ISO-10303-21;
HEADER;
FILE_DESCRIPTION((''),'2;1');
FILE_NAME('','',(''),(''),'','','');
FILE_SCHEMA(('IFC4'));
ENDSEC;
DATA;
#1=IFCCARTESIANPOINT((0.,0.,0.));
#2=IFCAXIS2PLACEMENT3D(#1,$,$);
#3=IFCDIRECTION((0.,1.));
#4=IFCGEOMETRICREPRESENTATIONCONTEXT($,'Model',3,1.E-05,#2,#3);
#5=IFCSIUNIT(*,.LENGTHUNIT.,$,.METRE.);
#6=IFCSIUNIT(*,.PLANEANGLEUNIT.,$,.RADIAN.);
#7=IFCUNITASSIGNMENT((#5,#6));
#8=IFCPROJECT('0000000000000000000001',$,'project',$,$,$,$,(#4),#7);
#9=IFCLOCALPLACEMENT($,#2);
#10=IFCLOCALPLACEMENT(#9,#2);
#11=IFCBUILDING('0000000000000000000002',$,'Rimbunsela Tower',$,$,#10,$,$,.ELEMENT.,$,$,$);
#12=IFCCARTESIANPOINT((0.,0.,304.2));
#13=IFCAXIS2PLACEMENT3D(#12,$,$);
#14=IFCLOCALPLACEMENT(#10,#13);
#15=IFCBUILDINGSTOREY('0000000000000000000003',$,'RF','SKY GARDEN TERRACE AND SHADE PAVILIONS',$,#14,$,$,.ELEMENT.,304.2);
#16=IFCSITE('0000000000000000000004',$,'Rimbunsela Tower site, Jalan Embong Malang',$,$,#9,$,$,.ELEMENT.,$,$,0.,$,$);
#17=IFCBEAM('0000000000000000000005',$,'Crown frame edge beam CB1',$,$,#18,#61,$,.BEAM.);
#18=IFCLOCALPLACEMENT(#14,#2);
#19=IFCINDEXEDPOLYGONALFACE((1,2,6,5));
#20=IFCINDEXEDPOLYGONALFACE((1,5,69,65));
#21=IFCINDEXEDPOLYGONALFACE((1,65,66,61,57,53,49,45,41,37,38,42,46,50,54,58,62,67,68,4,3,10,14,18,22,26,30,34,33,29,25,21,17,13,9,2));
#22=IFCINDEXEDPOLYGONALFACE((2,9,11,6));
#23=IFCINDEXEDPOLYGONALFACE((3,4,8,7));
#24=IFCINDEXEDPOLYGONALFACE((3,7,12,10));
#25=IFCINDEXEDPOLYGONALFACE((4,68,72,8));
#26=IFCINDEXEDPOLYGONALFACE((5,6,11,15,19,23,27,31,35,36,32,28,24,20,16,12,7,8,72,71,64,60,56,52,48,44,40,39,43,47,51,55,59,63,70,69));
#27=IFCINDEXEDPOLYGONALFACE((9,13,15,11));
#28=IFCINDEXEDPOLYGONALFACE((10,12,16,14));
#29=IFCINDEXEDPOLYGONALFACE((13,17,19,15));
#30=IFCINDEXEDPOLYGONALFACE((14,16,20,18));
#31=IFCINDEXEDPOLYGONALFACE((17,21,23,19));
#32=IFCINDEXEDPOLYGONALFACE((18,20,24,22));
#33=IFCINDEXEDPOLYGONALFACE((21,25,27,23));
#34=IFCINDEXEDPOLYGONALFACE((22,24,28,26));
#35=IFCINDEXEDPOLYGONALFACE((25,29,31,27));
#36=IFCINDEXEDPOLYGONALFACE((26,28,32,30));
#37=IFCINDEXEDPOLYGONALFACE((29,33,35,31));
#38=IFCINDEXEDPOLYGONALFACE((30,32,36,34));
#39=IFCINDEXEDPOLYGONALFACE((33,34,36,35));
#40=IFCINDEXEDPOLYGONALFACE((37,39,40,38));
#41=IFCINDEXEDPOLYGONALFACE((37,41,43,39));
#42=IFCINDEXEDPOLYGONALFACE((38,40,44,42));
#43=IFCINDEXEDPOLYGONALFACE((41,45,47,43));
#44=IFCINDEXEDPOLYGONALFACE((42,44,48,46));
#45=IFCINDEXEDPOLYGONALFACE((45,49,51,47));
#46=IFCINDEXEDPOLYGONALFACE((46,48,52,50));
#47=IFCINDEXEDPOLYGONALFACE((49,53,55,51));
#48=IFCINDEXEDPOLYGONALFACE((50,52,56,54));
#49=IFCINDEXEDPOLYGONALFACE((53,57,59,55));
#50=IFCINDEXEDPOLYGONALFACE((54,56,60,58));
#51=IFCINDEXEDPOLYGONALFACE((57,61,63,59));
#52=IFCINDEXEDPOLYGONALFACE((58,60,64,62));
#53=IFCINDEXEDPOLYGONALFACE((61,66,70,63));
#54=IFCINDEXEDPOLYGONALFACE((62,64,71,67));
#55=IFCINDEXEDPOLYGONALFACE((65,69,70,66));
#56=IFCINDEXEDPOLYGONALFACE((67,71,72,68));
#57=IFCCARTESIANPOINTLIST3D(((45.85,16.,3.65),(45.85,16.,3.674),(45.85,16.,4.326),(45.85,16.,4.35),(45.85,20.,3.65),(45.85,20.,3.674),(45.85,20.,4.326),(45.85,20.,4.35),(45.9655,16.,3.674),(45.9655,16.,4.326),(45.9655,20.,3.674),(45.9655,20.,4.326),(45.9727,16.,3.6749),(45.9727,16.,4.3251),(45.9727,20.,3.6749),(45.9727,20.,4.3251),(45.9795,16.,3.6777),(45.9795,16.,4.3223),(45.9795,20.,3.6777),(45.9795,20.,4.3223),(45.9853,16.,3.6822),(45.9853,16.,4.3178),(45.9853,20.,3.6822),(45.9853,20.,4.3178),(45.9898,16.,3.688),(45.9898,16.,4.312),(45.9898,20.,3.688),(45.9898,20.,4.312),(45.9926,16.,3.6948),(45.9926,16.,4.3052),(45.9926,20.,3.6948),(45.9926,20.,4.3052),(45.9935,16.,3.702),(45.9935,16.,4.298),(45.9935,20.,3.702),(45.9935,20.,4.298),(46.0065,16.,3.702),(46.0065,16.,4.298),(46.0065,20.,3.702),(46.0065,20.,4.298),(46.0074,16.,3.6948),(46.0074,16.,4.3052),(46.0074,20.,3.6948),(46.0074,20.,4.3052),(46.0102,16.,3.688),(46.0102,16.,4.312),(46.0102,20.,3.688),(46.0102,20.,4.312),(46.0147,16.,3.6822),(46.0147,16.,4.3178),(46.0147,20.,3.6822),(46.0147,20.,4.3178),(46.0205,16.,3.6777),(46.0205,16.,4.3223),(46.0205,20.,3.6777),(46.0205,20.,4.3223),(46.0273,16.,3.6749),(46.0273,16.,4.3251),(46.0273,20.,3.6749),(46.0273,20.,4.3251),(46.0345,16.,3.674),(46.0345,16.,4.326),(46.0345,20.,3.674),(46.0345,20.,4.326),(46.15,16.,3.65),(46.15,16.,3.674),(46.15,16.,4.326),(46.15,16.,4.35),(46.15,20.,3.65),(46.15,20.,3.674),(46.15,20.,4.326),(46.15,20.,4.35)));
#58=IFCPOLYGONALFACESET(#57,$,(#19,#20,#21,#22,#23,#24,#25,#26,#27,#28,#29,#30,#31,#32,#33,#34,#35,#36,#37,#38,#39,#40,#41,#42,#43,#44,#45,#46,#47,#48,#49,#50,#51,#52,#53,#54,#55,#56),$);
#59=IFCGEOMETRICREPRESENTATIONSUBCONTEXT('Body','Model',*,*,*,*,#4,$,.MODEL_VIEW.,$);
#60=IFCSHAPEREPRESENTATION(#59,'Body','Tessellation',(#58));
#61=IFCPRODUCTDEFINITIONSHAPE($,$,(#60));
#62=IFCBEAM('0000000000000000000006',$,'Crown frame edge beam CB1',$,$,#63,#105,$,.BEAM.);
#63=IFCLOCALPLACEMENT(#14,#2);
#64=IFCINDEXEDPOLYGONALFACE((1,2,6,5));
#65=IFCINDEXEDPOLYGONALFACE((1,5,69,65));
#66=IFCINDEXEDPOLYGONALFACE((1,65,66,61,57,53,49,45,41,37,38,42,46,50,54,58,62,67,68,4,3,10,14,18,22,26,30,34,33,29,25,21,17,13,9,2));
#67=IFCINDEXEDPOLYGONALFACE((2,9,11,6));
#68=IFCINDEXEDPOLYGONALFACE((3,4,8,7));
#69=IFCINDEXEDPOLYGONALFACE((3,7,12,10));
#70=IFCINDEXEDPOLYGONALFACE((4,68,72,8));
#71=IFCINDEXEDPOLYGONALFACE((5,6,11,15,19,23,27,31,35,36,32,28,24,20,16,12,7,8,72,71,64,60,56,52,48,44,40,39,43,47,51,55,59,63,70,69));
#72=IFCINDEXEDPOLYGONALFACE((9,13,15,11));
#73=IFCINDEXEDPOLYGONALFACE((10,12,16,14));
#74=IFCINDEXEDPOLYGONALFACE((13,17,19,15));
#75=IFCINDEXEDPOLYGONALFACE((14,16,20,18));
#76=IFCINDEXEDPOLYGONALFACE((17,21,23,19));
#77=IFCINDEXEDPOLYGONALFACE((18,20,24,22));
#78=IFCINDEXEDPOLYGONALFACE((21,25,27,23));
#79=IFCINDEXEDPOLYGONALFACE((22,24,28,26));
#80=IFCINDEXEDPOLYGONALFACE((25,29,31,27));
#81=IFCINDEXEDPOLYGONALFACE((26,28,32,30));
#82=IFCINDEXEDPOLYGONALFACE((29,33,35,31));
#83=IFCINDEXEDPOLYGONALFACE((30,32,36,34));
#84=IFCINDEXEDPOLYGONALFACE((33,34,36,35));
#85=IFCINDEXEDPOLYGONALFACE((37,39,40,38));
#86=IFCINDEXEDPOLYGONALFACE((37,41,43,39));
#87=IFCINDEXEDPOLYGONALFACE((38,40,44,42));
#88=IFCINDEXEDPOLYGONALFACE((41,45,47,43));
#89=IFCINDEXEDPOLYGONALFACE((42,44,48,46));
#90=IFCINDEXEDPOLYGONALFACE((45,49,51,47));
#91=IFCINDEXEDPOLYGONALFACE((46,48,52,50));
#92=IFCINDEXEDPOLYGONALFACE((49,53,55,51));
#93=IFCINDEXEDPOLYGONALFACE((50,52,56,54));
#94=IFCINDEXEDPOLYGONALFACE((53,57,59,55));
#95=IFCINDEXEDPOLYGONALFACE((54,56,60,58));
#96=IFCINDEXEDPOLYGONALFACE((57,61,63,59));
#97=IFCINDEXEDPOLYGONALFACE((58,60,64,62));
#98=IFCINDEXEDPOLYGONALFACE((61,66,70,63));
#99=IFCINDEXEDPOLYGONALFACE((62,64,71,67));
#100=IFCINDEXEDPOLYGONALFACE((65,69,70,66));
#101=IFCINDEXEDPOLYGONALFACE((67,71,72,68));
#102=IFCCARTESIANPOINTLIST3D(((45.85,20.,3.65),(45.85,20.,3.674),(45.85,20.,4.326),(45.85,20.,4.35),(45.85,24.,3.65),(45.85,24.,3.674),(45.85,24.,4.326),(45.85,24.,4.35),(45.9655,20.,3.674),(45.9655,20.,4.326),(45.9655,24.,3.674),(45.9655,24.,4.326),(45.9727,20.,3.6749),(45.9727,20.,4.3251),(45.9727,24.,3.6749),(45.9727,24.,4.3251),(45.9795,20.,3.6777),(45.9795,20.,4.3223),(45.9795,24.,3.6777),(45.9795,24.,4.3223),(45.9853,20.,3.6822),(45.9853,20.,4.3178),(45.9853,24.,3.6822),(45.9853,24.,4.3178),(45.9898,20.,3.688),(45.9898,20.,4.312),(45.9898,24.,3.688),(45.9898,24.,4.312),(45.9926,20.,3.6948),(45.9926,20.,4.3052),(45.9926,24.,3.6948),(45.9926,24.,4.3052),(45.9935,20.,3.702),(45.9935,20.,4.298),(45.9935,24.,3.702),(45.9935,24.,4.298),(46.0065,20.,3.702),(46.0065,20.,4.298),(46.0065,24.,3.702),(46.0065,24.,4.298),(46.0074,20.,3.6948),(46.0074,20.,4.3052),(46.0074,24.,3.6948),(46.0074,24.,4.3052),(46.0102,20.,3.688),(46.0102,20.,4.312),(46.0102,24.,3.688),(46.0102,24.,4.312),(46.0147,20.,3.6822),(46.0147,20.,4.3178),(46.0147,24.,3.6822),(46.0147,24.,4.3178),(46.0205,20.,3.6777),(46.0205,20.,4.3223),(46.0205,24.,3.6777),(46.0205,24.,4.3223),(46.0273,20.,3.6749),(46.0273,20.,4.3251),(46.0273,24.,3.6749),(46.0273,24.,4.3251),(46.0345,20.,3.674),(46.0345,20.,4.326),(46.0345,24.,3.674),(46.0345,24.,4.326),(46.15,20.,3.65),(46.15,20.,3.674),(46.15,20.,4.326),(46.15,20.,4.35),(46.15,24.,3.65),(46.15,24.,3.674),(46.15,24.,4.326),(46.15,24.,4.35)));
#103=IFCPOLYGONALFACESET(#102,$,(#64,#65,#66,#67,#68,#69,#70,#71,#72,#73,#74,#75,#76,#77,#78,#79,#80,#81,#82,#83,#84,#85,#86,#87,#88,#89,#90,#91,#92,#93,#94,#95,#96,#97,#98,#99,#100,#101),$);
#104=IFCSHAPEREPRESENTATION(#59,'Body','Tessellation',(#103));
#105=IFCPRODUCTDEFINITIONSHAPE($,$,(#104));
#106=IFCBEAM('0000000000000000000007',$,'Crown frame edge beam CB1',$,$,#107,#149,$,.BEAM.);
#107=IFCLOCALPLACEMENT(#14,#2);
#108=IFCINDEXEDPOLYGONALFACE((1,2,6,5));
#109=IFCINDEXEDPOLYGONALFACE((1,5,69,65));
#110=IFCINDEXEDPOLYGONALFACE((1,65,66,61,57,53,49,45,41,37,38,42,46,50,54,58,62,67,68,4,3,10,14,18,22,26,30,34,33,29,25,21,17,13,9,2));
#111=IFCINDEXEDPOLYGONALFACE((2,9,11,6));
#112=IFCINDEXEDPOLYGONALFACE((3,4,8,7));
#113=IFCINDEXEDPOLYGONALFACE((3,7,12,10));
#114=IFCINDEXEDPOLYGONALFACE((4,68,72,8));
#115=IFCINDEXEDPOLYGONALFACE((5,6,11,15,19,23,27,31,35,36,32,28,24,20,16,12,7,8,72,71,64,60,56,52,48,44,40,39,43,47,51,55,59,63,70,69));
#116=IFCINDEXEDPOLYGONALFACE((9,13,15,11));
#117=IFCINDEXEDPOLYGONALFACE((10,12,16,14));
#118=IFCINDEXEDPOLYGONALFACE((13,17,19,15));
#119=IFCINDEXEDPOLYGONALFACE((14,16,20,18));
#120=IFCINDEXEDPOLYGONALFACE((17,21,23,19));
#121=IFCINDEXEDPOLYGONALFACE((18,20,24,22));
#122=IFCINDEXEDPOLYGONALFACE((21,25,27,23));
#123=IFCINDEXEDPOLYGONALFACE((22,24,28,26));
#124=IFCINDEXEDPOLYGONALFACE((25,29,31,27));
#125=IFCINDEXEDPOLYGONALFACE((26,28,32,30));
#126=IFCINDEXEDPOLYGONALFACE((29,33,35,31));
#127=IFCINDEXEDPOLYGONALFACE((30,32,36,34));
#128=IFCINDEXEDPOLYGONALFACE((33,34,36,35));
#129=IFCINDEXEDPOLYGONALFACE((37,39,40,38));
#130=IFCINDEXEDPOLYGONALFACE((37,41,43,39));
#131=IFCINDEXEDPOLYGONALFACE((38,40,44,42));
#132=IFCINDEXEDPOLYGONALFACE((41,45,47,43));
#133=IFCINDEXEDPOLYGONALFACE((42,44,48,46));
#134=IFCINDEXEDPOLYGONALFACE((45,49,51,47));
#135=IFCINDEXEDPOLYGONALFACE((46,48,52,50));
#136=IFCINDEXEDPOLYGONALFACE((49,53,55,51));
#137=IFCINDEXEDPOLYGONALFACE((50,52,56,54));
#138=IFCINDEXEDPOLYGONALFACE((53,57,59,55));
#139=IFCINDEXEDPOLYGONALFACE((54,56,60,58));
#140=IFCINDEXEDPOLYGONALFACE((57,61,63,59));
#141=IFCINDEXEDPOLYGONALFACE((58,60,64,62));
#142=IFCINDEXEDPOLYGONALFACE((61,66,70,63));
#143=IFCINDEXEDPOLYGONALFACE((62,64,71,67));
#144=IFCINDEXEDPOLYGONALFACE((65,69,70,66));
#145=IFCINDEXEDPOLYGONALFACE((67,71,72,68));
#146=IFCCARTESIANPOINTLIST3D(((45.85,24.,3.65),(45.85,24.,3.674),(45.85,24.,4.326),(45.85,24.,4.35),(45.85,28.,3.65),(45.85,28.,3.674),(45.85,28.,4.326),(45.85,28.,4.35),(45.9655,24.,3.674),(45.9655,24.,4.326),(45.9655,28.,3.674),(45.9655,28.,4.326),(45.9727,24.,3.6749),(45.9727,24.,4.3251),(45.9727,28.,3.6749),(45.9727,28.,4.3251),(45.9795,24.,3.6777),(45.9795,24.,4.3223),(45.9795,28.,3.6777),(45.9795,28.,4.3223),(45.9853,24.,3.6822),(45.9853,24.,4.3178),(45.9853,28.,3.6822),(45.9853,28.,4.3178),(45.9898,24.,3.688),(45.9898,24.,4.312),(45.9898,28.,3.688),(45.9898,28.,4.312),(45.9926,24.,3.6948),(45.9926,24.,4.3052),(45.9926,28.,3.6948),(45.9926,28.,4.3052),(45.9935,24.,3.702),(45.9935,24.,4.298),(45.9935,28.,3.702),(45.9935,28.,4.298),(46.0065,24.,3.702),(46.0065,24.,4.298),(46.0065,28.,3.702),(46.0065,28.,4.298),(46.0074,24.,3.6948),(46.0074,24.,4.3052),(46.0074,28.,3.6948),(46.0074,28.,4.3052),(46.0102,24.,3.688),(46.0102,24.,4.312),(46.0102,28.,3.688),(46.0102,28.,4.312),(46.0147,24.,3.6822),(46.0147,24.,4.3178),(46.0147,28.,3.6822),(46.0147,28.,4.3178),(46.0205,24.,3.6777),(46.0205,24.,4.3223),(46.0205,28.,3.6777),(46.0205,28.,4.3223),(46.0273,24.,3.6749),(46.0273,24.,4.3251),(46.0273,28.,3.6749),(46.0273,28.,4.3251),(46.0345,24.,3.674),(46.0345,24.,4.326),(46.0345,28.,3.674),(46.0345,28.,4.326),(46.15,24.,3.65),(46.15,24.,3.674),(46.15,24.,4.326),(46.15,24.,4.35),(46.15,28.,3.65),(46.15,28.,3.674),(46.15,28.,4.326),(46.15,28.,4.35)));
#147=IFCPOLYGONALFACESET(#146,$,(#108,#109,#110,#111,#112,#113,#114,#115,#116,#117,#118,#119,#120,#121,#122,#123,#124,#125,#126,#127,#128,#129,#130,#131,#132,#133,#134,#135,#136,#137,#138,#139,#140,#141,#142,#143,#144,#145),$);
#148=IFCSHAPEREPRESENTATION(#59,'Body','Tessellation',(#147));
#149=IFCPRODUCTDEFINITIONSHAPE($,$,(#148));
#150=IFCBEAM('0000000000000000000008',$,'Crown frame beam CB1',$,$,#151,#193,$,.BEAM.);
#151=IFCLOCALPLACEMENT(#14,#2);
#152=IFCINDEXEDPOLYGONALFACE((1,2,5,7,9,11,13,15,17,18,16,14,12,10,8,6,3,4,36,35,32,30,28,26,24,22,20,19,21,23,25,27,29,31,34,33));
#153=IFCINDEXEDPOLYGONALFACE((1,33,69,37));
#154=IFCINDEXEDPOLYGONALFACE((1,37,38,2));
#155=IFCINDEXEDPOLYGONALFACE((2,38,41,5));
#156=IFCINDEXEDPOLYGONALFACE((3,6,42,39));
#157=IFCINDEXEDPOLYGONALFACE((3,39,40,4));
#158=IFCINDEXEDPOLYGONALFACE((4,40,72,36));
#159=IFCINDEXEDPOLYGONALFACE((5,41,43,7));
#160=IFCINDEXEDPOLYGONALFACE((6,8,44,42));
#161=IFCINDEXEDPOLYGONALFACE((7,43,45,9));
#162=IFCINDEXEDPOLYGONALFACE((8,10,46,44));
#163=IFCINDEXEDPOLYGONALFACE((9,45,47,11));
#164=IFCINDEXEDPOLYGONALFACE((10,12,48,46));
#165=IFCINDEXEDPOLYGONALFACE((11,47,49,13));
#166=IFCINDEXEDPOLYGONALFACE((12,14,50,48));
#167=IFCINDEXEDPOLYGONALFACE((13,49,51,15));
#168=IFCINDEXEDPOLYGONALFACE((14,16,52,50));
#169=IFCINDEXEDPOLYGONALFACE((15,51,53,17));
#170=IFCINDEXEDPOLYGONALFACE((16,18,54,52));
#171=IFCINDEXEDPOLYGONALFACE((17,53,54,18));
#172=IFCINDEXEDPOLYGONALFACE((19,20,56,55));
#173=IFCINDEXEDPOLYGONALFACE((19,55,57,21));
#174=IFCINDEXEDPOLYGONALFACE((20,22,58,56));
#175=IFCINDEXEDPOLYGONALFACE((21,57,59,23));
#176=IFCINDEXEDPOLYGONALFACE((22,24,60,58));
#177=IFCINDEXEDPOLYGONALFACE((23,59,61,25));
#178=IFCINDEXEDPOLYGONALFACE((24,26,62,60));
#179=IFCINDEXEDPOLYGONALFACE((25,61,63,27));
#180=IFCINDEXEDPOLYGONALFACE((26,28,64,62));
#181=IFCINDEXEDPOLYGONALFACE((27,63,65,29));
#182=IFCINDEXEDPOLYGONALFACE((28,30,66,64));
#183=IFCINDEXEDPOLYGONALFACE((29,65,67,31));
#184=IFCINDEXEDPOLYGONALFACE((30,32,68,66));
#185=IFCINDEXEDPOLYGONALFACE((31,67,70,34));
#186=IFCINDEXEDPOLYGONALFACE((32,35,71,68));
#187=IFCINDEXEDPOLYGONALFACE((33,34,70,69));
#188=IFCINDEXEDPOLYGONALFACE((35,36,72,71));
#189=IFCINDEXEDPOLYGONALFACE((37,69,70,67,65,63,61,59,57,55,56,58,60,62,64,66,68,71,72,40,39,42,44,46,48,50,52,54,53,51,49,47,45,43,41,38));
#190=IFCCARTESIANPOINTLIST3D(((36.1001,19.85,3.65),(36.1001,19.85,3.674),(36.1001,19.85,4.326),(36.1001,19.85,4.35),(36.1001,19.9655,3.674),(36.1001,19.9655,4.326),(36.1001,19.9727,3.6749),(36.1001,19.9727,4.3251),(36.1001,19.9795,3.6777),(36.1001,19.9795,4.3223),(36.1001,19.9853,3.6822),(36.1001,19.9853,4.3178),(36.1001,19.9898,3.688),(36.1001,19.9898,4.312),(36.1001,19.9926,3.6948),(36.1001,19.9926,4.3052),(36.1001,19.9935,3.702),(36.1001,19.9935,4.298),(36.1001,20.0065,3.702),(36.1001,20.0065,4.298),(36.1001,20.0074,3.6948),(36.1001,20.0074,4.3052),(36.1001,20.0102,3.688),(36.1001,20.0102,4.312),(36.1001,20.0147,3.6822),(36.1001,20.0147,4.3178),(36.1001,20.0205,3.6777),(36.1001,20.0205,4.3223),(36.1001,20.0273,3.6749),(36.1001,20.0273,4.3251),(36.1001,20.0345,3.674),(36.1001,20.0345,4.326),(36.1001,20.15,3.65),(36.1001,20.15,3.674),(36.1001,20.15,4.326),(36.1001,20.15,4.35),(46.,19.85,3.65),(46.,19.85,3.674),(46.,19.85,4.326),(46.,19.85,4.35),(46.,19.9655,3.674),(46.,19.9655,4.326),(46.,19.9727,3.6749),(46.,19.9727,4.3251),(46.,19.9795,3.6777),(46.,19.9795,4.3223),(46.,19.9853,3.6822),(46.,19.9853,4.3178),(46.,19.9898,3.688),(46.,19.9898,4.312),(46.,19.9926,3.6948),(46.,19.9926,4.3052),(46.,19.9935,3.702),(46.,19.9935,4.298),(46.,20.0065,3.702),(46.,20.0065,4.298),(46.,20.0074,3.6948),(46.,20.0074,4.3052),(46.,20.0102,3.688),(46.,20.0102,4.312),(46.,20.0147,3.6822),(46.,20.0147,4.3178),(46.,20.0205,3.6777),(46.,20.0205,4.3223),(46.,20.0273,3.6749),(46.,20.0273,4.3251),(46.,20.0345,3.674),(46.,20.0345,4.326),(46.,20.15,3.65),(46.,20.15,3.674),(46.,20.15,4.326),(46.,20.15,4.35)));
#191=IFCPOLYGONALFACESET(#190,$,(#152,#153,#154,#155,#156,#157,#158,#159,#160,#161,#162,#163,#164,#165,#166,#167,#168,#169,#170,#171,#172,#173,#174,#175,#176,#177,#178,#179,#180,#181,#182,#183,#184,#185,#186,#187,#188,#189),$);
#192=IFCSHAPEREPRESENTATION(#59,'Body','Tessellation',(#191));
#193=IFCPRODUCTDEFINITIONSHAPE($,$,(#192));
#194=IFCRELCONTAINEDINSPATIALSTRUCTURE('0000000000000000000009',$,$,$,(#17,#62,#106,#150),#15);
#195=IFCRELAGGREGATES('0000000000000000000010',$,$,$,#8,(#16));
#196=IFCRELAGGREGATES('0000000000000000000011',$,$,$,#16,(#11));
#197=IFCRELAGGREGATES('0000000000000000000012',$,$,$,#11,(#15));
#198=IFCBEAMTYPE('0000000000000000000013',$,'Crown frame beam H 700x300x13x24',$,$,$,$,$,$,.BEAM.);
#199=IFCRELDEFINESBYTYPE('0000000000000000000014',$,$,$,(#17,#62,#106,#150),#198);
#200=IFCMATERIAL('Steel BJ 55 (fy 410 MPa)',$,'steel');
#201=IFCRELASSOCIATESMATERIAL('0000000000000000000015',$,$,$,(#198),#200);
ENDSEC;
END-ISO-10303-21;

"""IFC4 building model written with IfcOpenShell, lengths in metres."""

from ifc_helpers import new_model, si_unit, direction, frame, origin, origin_2d, place, context, subcontext, project, spatial, i_section, extrude, material, material_profile, profile_set, type_object, element, save


model = new_model("IFC4")

# Units and contexts
model_context = context("Model", 3, precision=1e-05, world=origin(), true_north=direction((0.0, 1.0)))
body_context = subcontext(model_context, "Body", "Model", "MODEL_VIEW")
ifc_project = project(units=[si_unit("LENGTHUNIT", "METRE"), si_unit("PLANEANGLEUNIT", "RADIAN")], contexts=[model_context])

# Site, building, storey
site_placement = place(None, origin())
site = spatial("IfcSite", under=ifc_project, at=site_placement, Name="Rimbunsela Tower site, Jalan Embong Malang", CompositionType="ELEMENT", RefElevation=0.0)
building_placement = place(site_placement, origin())
building = spatial("IfcBuilding", under=site, at=building_placement, Name="Rimbunsela Tower", CompositionType="ELEMENT")
storey_placement = place(building_placement, frame((0.0, 0.0, 304.2)))
storey = spatial("IfcBuildingStorey", under=building, at=storey_placement, Name="RF", Description="SKY GARDEN TERRACE AND SHADE PAVILIONS", CompositionType="ELEMENT", Elevation=304.2)

# Beams
ifc_material_1 = material(Name="Steel BJ 55 (fy 410 MPa)", Category="steel")
ifc_material_profile_1 = material_profile(ifc_material_1, i_section(OverallWidth=0.3, OverallDepth=0.7, WebThickness=0.0129, FlangeThickness=0.0239, FilletRadius=0.0281, at=origin_2d()), Name="H 700x300x13x24")
ifc_profile_set_1 = profile_set([ifc_material_profile_1], Name="Steel BJ 55 (fy 410 MPa)")
beam_type_1 = type_object("IfcBeamType", Name="Crown frame beam H 700x300x13x24", PredefinedType="BEAM", material=ifc_profile_set_1)
for number, where, z_axis, x_axis, name in (
    (1, (46.0, 16.0, 4.0), (0.0, 1.0, 0.0), (-1.0, 0.0, 0.0), "Crown frame edge beam CB1"),
    (2, (46.0, 20.0, 4.0), (0.0, 1.0, 0.0), (-1.0, 0.0, 0.0), "Crown frame edge beam CB1"),
    (3, (46.0, 24.0, 4.0), (0.0, 1.0, 0.0), (-1.0, 0.0, 0.0), "Crown frame edge beam CB1"),
):
    element("IfcBeam", number, at=place(storey_placement, frame(where, z_axis=z_axis, x_axis=x_axis)), inside=storey, type_object=beam_type_1, Name=name, PredefinedType="BEAM", context=body_context, shape_type="SweptSolid", body=[
        extrude(i_section(OverallWidth=0.3, OverallDepth=0.7, WebThickness=0.0129, FlangeThickness=0.0239, FilletRadius=0.0281, at=origin_2d()), origin(), (0.0, 0.0, 1.0), 4.0),
    ])
for number, where, z_axis, x_axis, name in (
    (4, (46.0, 20.0, 4.0), (-1.0, 0.0, 0.0), (0.0, -1.0, 0.0), "Crown frame beam CB1"),
):
    element("IfcBeam", number, at=place(storey_placement, frame(where, z_axis=z_axis, x_axis=x_axis)), inside=storey, type_object=beam_type_1, Name=name, PredefinedType="BEAM", context=body_context, shape_type="SweptSolid", body=[
        extrude(i_section(OverallWidth=0.3, OverallDepth=0.7, WebThickness=0.0129, FlangeThickness=0.0239, FilletRadius=0.0281, at=origin_2d()), origin(), (0.0, 0.0, 1.0), 9.8999),
    ])

save(model, "model.ifc")
